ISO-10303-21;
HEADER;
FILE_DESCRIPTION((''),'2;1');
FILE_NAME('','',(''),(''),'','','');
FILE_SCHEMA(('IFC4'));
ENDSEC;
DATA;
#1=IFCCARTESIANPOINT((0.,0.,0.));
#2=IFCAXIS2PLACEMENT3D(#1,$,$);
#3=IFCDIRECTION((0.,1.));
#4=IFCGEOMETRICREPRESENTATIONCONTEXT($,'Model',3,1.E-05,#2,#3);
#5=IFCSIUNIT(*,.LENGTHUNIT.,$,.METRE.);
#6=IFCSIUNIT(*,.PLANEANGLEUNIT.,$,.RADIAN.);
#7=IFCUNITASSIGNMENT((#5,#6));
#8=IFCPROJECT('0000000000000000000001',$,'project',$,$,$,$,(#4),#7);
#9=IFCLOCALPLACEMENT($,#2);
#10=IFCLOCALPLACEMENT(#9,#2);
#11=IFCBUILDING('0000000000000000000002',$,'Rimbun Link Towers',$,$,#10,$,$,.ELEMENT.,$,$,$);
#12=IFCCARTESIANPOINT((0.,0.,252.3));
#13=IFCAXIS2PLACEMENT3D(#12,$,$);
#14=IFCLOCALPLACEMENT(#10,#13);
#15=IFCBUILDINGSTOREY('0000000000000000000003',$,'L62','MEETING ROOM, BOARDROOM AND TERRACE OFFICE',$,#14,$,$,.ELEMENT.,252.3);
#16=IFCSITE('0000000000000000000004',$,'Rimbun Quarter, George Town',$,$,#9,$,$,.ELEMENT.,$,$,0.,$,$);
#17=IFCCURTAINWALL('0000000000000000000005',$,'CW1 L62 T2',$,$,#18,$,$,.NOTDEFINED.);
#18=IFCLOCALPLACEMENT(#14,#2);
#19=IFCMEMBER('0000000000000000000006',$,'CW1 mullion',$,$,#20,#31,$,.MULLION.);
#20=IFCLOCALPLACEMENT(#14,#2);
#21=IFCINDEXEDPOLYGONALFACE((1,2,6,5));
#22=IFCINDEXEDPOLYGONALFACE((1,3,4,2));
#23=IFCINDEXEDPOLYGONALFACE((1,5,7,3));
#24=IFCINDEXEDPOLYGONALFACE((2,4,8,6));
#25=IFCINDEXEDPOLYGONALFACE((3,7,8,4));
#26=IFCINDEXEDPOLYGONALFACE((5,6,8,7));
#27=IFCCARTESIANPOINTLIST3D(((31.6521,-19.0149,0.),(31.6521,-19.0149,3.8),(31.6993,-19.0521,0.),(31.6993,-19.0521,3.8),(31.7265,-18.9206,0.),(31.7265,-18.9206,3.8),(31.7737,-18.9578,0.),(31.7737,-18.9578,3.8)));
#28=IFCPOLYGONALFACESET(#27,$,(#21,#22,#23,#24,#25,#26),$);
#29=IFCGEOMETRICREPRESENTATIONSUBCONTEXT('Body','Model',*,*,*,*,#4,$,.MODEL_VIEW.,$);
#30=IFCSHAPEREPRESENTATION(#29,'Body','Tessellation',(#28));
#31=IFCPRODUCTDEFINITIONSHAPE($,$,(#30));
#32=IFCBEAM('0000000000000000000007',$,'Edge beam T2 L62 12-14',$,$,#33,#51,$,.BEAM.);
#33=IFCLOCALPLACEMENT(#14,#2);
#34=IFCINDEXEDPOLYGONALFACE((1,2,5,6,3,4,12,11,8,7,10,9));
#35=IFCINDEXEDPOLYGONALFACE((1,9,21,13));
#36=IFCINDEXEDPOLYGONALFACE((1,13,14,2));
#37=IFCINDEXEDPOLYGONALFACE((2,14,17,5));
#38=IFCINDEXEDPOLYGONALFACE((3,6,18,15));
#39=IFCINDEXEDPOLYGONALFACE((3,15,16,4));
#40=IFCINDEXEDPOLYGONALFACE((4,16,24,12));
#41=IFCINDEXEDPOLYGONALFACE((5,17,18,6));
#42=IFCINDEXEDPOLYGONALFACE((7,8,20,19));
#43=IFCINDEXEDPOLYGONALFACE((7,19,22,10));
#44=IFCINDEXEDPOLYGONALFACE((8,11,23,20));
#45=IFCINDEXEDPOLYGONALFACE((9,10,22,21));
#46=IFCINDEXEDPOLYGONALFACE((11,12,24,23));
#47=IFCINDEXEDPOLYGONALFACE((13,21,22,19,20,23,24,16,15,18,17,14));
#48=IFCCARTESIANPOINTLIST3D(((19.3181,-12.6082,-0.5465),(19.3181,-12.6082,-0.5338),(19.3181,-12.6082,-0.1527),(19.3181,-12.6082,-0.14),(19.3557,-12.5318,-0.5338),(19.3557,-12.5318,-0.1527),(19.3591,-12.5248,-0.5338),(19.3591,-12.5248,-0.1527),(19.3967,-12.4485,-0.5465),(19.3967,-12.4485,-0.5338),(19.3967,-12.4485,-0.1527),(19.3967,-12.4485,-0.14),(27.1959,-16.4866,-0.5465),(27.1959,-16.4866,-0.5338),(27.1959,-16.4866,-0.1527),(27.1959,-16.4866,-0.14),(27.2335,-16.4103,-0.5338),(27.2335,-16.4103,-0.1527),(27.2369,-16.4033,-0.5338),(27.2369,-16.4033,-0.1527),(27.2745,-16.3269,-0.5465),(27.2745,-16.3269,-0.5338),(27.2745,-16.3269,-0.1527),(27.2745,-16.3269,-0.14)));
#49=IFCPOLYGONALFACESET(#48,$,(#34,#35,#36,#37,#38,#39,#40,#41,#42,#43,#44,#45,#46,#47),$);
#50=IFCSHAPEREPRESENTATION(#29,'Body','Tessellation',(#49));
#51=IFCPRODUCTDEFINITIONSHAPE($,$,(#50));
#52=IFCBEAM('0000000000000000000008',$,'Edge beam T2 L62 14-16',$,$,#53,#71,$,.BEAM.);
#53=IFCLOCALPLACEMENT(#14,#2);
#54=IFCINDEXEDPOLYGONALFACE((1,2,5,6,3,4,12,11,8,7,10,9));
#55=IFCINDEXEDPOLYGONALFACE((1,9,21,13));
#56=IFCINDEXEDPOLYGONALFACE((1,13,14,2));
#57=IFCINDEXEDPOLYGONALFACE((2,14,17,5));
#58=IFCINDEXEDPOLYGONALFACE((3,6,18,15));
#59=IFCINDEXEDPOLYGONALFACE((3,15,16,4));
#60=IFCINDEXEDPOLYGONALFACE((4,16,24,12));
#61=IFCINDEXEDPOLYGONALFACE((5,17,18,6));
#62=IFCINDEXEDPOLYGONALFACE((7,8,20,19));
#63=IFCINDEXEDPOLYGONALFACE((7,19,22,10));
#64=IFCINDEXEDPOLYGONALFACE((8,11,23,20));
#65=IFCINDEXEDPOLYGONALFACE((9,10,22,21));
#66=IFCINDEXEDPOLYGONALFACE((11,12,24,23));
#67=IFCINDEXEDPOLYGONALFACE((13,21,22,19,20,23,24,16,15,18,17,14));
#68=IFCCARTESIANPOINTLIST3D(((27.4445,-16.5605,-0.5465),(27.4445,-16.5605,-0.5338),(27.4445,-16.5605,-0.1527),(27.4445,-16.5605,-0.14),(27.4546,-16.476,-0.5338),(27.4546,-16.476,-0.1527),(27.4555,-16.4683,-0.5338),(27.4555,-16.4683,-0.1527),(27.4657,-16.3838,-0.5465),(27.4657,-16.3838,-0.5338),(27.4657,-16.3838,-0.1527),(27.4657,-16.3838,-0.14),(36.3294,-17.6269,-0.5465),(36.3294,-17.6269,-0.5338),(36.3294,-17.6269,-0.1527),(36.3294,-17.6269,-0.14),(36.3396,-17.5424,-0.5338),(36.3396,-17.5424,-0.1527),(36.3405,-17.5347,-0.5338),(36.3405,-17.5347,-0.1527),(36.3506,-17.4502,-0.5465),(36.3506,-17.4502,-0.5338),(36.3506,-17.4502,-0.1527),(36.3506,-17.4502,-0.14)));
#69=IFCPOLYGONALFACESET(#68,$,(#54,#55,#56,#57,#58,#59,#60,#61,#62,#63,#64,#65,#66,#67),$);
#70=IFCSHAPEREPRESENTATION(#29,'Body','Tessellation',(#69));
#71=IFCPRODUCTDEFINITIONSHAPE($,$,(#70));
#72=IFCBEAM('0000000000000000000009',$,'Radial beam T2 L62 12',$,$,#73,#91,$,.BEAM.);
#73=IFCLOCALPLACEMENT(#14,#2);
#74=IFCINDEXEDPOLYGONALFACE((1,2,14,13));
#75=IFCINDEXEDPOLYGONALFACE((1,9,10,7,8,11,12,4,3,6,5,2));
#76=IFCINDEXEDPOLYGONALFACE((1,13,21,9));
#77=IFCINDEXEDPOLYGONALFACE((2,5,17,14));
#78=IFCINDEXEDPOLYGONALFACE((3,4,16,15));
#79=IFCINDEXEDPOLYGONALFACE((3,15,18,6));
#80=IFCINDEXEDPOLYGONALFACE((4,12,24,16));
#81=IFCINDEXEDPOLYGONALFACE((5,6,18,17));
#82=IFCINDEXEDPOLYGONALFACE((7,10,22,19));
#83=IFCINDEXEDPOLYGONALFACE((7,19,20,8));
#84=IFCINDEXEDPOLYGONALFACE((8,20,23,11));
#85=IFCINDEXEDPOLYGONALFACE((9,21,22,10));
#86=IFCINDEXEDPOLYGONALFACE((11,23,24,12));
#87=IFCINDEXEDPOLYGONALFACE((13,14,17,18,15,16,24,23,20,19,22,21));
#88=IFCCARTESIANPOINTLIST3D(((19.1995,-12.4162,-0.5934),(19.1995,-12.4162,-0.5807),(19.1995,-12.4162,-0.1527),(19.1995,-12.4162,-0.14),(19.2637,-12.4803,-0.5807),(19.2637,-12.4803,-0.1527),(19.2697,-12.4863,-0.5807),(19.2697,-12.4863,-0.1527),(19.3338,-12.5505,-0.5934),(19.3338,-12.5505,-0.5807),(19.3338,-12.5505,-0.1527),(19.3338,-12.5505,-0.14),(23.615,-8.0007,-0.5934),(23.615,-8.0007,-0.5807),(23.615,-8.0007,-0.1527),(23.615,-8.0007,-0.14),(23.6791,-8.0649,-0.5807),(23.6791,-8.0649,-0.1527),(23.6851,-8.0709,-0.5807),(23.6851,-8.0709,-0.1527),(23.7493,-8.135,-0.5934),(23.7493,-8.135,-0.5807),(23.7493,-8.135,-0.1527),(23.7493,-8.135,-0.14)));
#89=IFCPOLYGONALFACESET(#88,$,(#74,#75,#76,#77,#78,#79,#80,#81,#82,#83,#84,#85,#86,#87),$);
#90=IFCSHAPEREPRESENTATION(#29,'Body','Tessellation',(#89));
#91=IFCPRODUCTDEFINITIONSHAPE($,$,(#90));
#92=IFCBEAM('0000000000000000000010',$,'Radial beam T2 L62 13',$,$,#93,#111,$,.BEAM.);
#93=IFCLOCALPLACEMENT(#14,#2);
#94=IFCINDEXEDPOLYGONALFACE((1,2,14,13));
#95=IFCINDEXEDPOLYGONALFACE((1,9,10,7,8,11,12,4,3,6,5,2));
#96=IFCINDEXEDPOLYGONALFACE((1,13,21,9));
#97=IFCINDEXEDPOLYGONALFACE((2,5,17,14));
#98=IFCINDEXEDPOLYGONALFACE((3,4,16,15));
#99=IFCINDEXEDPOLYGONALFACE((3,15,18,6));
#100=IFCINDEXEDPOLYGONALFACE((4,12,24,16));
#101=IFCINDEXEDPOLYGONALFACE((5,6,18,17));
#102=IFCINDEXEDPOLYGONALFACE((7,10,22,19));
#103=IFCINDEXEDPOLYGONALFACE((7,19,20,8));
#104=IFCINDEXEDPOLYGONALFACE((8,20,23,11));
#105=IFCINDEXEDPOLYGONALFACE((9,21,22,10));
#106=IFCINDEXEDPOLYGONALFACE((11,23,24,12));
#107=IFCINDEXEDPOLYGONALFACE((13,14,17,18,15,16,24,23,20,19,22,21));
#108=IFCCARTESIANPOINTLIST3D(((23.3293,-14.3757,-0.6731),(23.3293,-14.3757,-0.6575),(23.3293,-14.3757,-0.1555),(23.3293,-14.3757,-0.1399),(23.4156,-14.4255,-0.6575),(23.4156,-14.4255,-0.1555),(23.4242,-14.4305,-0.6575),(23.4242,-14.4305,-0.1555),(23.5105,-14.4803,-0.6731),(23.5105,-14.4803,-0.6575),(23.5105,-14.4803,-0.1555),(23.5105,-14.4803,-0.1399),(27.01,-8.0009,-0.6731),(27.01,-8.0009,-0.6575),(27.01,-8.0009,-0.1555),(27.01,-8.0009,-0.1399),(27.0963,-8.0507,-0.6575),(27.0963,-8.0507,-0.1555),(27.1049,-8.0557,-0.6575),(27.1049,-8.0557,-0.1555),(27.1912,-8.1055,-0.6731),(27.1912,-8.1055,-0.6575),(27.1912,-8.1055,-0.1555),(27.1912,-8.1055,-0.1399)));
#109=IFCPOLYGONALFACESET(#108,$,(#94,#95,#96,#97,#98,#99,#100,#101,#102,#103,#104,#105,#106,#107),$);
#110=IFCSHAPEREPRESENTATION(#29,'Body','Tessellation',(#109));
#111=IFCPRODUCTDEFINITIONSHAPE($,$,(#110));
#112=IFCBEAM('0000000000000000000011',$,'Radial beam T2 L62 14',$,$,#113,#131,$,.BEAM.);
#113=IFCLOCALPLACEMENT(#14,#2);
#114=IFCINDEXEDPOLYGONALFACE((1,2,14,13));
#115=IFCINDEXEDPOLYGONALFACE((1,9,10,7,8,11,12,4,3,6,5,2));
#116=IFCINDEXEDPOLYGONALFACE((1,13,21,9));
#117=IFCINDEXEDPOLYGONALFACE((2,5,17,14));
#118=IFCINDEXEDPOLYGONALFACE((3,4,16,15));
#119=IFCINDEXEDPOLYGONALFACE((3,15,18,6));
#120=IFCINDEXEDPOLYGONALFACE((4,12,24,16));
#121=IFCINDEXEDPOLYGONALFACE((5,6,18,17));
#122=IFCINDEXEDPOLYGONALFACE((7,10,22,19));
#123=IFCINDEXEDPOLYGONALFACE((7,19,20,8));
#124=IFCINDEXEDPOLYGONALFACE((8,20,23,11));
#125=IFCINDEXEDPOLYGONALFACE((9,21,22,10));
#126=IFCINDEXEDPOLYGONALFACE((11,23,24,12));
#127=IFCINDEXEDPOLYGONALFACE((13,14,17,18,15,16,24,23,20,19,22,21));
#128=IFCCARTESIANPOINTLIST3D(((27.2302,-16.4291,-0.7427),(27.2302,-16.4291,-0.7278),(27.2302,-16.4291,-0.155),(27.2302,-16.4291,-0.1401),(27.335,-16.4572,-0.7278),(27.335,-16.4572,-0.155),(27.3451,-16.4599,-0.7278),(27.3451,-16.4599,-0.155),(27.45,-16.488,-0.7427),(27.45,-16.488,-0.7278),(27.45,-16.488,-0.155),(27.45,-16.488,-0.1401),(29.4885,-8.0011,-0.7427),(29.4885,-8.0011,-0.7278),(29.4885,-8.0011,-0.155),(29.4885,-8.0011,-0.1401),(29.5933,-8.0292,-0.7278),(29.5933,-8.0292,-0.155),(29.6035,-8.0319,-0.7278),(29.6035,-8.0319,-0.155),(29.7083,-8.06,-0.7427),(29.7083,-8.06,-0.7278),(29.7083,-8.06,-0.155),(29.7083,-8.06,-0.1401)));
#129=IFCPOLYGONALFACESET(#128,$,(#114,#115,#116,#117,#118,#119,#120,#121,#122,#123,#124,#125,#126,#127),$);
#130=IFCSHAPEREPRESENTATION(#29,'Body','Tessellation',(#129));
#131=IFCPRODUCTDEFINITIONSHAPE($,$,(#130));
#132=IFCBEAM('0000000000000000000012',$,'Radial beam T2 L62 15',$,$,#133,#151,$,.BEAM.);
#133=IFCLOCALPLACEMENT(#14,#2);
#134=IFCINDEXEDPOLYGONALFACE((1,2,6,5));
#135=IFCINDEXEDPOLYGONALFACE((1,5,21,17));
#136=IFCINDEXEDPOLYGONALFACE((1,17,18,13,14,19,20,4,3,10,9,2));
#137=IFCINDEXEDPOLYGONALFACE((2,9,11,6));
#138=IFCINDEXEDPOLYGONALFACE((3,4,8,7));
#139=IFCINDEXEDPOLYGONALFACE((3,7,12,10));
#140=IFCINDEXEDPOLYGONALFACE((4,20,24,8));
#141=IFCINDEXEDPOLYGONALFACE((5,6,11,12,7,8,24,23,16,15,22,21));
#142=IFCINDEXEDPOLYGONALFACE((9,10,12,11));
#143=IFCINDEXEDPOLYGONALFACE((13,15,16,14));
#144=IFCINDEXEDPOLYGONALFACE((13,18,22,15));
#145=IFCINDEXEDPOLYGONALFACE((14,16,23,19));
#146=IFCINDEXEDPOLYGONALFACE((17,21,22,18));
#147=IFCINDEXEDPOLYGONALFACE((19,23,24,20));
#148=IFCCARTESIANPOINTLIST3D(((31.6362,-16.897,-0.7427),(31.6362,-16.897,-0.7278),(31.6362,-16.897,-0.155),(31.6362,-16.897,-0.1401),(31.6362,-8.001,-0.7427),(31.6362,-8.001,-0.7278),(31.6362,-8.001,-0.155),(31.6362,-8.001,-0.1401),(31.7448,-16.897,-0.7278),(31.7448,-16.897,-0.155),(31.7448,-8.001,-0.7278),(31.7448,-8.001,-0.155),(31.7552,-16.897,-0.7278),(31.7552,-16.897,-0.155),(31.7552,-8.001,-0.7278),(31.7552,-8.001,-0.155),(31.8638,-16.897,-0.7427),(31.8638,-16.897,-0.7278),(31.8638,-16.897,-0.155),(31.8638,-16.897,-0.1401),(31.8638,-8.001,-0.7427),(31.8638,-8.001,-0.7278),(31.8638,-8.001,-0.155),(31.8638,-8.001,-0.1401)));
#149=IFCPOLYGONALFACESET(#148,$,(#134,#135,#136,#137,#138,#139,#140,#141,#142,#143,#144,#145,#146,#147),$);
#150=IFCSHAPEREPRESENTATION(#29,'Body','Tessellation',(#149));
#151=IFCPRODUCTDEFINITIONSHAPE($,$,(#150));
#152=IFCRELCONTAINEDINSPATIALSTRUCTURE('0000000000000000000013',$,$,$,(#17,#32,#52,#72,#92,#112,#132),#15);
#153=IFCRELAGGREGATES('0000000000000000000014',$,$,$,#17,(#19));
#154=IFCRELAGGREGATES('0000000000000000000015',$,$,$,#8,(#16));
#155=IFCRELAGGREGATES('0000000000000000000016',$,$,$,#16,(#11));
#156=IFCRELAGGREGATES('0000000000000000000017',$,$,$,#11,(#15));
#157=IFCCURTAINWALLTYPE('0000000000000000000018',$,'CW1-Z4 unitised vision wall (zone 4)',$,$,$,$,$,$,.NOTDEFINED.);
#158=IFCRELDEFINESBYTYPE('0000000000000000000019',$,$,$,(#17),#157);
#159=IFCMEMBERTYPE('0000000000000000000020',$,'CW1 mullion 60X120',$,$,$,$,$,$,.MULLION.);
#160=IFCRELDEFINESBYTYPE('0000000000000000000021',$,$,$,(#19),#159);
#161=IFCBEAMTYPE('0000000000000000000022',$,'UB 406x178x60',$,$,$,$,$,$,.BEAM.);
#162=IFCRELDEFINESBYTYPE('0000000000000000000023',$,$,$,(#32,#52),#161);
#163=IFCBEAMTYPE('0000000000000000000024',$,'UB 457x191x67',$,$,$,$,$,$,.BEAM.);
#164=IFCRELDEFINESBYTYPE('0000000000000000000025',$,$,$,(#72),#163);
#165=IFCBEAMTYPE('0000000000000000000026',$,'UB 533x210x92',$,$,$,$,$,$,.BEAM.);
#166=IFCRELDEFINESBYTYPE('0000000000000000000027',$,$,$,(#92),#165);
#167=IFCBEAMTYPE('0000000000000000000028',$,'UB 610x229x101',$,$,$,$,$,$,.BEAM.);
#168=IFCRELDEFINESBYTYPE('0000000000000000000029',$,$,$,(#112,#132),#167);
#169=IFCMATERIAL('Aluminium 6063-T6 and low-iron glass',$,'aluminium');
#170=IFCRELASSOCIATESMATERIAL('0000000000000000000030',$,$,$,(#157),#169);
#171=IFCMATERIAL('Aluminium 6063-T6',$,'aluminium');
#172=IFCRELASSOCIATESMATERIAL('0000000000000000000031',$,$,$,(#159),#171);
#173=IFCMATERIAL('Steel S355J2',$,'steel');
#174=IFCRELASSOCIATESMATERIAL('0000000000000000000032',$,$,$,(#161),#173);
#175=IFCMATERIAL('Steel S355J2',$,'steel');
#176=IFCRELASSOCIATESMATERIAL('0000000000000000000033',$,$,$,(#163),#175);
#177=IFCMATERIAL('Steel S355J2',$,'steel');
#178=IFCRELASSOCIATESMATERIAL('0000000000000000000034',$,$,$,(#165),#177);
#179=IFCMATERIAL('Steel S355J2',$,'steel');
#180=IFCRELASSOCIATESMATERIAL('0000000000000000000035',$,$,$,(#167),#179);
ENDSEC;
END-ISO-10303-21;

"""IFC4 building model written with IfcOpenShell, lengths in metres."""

from ifc_helpers import new_model, si_unit, direction, frame, origin, origin_2d, place, context, subcontext, project, spatial, rectangle, i_section, extrude, material, material_profile, profile_set, type_object, element, aggregate, save


model = new_model("IFC4")

# Units and contexts
model_context = context("Model", 3, precision=1e-05, world=origin(), true_north=direction((0.0, 1.0)))
body_context = subcontext(model_context, "Body", "Model", "MODEL_VIEW")
ifc_project = project(units=[si_unit("LENGTHUNIT", "METRE"), si_unit("PLANEANGLEUNIT", "RADIAN")], contexts=[model_context])

# Site, building, storey
site_placement = place(None, origin())
site = spatial("IfcSite", under=ifc_project, at=site_placement, Name="Rimbun Quarter, George Town", CompositionType="ELEMENT", RefElevation=0.0)
building_placement = place(site_placement, origin())
building = spatial("IfcBuilding", under=site, at=building_placement, Name="Rimbun Link Towers", CompositionType="ELEMENT")
storey_placement = place(building_placement, frame((0.0, 0.0, 252.3)))
storey = spatial("IfcBuildingStorey", under=building, at=storey_placement, Name="L62", Description="MEETING ROOM, BOARDROOM AND TERRACE OFFICE", CompositionType="ELEMENT", Elevation=252.3)

# Curtain wall, member
ifc_material_1 = material(Name="Aluminium 6063-T6 and low-iron glass", Category="aluminium")
curtain_wall_type = type_object("IfcCurtainWallType", Name="CW1-Z4 unitised vision wall (zone 4)", PredefinedType="NOTDEFINED", material=ifc_material_1)
curtain_wall_placement = place(storey_placement, origin())
curtain_wall = element("IfcCurtainWall", 1, at=curtain_wall_placement, inside=storey, type_object=curtain_wall_type, Name="CW1 L62 T2", PredefinedType="NOTDEFINED")
ifc_material_2 = material(Name="Aluminium 6063-T6", Category="aluminium")
ifc_material_profile_1 = material_profile(ifc_material_2, rectangle(XDim=0.1201, YDim=0.0601, at=origin_2d()), Name="MULLION 60X120")
ifc_profile_set_1 = profile_set([ifc_material_profile_1], Name="Aluminium 6063-T6")
member_type = type_object("IfcMemberType", Name="CW1 mullion 60X120", PredefinedType="MULLION", material=ifc_profile_set_1)
member_placement = place(storey_placement, frame((31.7129, -18.9863, 0.0), z_axis=(0.0, 0.0, 1.0), x_axis=(-0.619433, -0.785049, 0.0)))
member = element("IfcMember", 2, at=member_placement, type_object=member_type, Name="CW1 mullion", PredefinedType="MULLION", context=body_context, shape_type="SweptSolid", body=[
    extrude(rectangle(XDim=0.1201, YDim=0.0601, at=origin_2d()), origin(), (0.0, 0.0, 1.0), 3.8),
])
aggregate(curtain_wall, [member])

# Beams
ifc_material_3 = material(Name="Steel S355J2", Category="steel")
ifc_material_profile_2 = material_profile(ifc_material_3, i_section(OverallWidth=0.178, OverallDepth=0.4065, WebThickness=0.0078, FlangeThickness=0.0127, at=origin_2d()), Name="UB 406x178x60")
ifc_profile_set_2 = profile_set([ifc_material_profile_2], Name="Steel S355J2")
beam_type_1 = type_object("IfcBeamType", Name="UB 406x178x60", PredefinedType="BEAM", material=ifc_profile_set_2)
beam_1_placement = place(storey_placement, frame((19.3574, -12.5283, -0.3433), z_axis=(0.897163, -0.4417, 0.0), x_axis=(0.4417, 0.897163, 0.0)))
element("IfcBeam", 3, at=beam_1_placement, inside=storey, type_object=beam_type_1, Name="Edge beam T2 L62 12-14", PredefinedType="BEAM", context=body_context, shape_type="SweptSolid", body=[
    extrude(i_section(OverallWidth=0.178, OverallDepth=0.4065, WebThickness=0.0078, FlangeThickness=0.0127, at=origin_2d()), origin(), (0.0, 0.0, 1.0), 8.7808),
])
beam_2_placement = place(storey_placement, frame((27.4551, -16.4722, -0.3433), z_axis=(0.992874, -0.119168, 0.0), x_axis=(0.119168, 0.992874, 0.0)))
element("IfcBeam", 4, at=beam_2_placement, inside=storey, type_object=beam_type_1, Name="Edge beam T2 L62 14-16", PredefinedType="BEAM", context=body_context, shape_type="SweptSolid", body=[
    extrude(i_section(OverallWidth=0.178, OverallDepth=0.4065, WebThickness=0.0078, FlangeThickness=0.0127, at=origin_2d()), origin(), (0.0, 0.0, 1.0), 8.9487),
])
ifc_material_4 = material(Name="Steel S355J2", Category="steel")
ifc_material_profile_3 = material_profile(ifc_material_4, i_section(OverallWidth=0.1899, OverallDepth=0.4534, WebThickness=0.0085, FlangeThickness=0.0127, at=origin_2d()), Name="UB 457x191x67")
ifc_profile_set_3 = profile_set([ifc_material_profile_3], Name="Steel S355J2")
beam_type_2 = type_object("IfcBeamType", Name="UB 457x191x67", PredefinedType="BEAM", material=ifc_profile_set_3)
beam_3_placement = place(storey_placement, frame((23.6821, -8.0679, -0.3667), z_axis=(-0.707107, -0.707107, 0.0), x_axis=(0.707107, -0.707107, 0.0)))
element("IfcBeam", 5, at=beam_3_placement, inside=storey, type_object=beam_type_2, Name="Radial beam T2 L62 12", PredefinedType="BEAM", context=body_context, shape_type="SweptSolid", body=[
    extrude(i_section(OverallWidth=0.1899, OverallDepth=0.4534, WebThickness=0.0085, FlangeThickness=0.0127, at=origin_2d()), origin(), (0.0, 0.0, 1.0), 6.2444),
])
ifc_material_5 = material(Name="Steel S355J2", Category="steel")
ifc_material_profile_4 = material_profile(ifc_material_5, i_section(OverallWidth=0.2092, OverallDepth=0.5332, WebThickness=0.01, FlangeThickness=0.0156, at=origin_2d()), Name="UB 533x210x92")
ifc_profile_set_4 = profile_set([ifc_material_profile_4], Name="Steel S355J2")
beam_type_3 = type_object("IfcBeamType", Name="UB 533x210x92", PredefinedType="BEAM", material=ifc_profile_set_4)
beam_4_placement = place(storey_placement, frame((27.1006, -8.0532, -0.4065), z_axis=(-0.50002, -0.866014, 0.0), x_axis=(0.866014, -0.50002, 0.0)))
element("IfcBeam", 6, at=beam_4_placement, inside=storey, type_object=beam_type_3, Name="Radial beam T2 L62 13", PredefinedType="BEAM", context=body_context, shape_type="SweptSolid", body=[
    extrude(i_section(OverallWidth=0.2092, OverallDepth=0.5332, WebThickness=0.01, FlangeThickness=0.0156, at=origin_2d()), origin(), (0.0, 0.0, 1.0), 7.3611),
])
ifc_material_6 = material(Name="Steel S355J2", Category="steel")
ifc_material_profile_5 = material_profile(ifc_material_6, i_section(OverallWidth=0.2275, OverallDepth=0.6025, WebThickness=0.0105, FlangeThickness=0.0149, at=origin_2d()), Name="UB 610x229x101")
ifc_profile_set_5 = profile_set([ifc_material_profile_5], Name="Steel S355J2")
beam_type_4 = type_object("IfcBeamType", Name="UB 610x229x101", PredefinedType="BEAM", material=ifc_profile_set_5)
beam_5_placement = place(storey_placement, frame((29.5984, -8.0305, -0.4414), z_axis=(-0.258822, -0.965925, 0.0), x_axis=(0.965925, -0.258822, 0.0)))
element("IfcBeam", 7, at=beam_5_placement, inside=storey, type_object=beam_type_4, Name="Radial beam T2 L62 14", PredefinedType="BEAM", context=body_context, shape_type="SweptSolid", body=[
    extrude(i_section(OverallWidth=0.2275, OverallDepth=0.6025, WebThickness=0.0105, FlangeThickness=0.0149, at=origin_2d()), origin(), (0.0, 0.0, 1.0), 8.7253),
])
beam_6_placement = place(storey_placement, frame((31.75, -8.001, -0.4414), z_axis=(0.0, -1.0, 0.0), x_axis=(1.0, 0.0, 0.0)))
element("IfcBeam", 8, at=beam_6_placement, inside=storey, type_object=beam_type_4, Name="Radial beam T2 L62 15", PredefinedType="BEAM", context=body_context, shape_type="SweptSolid", body=[
    extrude(i_section(OverallWidth=0.2275, OverallDepth=0.6025, WebThickness=0.0105, FlangeThickness=0.0149, at=origin_2d()), origin(), (0.0, 0.0, 1.0), 8.896),
])

save(model, "model.ifc")
